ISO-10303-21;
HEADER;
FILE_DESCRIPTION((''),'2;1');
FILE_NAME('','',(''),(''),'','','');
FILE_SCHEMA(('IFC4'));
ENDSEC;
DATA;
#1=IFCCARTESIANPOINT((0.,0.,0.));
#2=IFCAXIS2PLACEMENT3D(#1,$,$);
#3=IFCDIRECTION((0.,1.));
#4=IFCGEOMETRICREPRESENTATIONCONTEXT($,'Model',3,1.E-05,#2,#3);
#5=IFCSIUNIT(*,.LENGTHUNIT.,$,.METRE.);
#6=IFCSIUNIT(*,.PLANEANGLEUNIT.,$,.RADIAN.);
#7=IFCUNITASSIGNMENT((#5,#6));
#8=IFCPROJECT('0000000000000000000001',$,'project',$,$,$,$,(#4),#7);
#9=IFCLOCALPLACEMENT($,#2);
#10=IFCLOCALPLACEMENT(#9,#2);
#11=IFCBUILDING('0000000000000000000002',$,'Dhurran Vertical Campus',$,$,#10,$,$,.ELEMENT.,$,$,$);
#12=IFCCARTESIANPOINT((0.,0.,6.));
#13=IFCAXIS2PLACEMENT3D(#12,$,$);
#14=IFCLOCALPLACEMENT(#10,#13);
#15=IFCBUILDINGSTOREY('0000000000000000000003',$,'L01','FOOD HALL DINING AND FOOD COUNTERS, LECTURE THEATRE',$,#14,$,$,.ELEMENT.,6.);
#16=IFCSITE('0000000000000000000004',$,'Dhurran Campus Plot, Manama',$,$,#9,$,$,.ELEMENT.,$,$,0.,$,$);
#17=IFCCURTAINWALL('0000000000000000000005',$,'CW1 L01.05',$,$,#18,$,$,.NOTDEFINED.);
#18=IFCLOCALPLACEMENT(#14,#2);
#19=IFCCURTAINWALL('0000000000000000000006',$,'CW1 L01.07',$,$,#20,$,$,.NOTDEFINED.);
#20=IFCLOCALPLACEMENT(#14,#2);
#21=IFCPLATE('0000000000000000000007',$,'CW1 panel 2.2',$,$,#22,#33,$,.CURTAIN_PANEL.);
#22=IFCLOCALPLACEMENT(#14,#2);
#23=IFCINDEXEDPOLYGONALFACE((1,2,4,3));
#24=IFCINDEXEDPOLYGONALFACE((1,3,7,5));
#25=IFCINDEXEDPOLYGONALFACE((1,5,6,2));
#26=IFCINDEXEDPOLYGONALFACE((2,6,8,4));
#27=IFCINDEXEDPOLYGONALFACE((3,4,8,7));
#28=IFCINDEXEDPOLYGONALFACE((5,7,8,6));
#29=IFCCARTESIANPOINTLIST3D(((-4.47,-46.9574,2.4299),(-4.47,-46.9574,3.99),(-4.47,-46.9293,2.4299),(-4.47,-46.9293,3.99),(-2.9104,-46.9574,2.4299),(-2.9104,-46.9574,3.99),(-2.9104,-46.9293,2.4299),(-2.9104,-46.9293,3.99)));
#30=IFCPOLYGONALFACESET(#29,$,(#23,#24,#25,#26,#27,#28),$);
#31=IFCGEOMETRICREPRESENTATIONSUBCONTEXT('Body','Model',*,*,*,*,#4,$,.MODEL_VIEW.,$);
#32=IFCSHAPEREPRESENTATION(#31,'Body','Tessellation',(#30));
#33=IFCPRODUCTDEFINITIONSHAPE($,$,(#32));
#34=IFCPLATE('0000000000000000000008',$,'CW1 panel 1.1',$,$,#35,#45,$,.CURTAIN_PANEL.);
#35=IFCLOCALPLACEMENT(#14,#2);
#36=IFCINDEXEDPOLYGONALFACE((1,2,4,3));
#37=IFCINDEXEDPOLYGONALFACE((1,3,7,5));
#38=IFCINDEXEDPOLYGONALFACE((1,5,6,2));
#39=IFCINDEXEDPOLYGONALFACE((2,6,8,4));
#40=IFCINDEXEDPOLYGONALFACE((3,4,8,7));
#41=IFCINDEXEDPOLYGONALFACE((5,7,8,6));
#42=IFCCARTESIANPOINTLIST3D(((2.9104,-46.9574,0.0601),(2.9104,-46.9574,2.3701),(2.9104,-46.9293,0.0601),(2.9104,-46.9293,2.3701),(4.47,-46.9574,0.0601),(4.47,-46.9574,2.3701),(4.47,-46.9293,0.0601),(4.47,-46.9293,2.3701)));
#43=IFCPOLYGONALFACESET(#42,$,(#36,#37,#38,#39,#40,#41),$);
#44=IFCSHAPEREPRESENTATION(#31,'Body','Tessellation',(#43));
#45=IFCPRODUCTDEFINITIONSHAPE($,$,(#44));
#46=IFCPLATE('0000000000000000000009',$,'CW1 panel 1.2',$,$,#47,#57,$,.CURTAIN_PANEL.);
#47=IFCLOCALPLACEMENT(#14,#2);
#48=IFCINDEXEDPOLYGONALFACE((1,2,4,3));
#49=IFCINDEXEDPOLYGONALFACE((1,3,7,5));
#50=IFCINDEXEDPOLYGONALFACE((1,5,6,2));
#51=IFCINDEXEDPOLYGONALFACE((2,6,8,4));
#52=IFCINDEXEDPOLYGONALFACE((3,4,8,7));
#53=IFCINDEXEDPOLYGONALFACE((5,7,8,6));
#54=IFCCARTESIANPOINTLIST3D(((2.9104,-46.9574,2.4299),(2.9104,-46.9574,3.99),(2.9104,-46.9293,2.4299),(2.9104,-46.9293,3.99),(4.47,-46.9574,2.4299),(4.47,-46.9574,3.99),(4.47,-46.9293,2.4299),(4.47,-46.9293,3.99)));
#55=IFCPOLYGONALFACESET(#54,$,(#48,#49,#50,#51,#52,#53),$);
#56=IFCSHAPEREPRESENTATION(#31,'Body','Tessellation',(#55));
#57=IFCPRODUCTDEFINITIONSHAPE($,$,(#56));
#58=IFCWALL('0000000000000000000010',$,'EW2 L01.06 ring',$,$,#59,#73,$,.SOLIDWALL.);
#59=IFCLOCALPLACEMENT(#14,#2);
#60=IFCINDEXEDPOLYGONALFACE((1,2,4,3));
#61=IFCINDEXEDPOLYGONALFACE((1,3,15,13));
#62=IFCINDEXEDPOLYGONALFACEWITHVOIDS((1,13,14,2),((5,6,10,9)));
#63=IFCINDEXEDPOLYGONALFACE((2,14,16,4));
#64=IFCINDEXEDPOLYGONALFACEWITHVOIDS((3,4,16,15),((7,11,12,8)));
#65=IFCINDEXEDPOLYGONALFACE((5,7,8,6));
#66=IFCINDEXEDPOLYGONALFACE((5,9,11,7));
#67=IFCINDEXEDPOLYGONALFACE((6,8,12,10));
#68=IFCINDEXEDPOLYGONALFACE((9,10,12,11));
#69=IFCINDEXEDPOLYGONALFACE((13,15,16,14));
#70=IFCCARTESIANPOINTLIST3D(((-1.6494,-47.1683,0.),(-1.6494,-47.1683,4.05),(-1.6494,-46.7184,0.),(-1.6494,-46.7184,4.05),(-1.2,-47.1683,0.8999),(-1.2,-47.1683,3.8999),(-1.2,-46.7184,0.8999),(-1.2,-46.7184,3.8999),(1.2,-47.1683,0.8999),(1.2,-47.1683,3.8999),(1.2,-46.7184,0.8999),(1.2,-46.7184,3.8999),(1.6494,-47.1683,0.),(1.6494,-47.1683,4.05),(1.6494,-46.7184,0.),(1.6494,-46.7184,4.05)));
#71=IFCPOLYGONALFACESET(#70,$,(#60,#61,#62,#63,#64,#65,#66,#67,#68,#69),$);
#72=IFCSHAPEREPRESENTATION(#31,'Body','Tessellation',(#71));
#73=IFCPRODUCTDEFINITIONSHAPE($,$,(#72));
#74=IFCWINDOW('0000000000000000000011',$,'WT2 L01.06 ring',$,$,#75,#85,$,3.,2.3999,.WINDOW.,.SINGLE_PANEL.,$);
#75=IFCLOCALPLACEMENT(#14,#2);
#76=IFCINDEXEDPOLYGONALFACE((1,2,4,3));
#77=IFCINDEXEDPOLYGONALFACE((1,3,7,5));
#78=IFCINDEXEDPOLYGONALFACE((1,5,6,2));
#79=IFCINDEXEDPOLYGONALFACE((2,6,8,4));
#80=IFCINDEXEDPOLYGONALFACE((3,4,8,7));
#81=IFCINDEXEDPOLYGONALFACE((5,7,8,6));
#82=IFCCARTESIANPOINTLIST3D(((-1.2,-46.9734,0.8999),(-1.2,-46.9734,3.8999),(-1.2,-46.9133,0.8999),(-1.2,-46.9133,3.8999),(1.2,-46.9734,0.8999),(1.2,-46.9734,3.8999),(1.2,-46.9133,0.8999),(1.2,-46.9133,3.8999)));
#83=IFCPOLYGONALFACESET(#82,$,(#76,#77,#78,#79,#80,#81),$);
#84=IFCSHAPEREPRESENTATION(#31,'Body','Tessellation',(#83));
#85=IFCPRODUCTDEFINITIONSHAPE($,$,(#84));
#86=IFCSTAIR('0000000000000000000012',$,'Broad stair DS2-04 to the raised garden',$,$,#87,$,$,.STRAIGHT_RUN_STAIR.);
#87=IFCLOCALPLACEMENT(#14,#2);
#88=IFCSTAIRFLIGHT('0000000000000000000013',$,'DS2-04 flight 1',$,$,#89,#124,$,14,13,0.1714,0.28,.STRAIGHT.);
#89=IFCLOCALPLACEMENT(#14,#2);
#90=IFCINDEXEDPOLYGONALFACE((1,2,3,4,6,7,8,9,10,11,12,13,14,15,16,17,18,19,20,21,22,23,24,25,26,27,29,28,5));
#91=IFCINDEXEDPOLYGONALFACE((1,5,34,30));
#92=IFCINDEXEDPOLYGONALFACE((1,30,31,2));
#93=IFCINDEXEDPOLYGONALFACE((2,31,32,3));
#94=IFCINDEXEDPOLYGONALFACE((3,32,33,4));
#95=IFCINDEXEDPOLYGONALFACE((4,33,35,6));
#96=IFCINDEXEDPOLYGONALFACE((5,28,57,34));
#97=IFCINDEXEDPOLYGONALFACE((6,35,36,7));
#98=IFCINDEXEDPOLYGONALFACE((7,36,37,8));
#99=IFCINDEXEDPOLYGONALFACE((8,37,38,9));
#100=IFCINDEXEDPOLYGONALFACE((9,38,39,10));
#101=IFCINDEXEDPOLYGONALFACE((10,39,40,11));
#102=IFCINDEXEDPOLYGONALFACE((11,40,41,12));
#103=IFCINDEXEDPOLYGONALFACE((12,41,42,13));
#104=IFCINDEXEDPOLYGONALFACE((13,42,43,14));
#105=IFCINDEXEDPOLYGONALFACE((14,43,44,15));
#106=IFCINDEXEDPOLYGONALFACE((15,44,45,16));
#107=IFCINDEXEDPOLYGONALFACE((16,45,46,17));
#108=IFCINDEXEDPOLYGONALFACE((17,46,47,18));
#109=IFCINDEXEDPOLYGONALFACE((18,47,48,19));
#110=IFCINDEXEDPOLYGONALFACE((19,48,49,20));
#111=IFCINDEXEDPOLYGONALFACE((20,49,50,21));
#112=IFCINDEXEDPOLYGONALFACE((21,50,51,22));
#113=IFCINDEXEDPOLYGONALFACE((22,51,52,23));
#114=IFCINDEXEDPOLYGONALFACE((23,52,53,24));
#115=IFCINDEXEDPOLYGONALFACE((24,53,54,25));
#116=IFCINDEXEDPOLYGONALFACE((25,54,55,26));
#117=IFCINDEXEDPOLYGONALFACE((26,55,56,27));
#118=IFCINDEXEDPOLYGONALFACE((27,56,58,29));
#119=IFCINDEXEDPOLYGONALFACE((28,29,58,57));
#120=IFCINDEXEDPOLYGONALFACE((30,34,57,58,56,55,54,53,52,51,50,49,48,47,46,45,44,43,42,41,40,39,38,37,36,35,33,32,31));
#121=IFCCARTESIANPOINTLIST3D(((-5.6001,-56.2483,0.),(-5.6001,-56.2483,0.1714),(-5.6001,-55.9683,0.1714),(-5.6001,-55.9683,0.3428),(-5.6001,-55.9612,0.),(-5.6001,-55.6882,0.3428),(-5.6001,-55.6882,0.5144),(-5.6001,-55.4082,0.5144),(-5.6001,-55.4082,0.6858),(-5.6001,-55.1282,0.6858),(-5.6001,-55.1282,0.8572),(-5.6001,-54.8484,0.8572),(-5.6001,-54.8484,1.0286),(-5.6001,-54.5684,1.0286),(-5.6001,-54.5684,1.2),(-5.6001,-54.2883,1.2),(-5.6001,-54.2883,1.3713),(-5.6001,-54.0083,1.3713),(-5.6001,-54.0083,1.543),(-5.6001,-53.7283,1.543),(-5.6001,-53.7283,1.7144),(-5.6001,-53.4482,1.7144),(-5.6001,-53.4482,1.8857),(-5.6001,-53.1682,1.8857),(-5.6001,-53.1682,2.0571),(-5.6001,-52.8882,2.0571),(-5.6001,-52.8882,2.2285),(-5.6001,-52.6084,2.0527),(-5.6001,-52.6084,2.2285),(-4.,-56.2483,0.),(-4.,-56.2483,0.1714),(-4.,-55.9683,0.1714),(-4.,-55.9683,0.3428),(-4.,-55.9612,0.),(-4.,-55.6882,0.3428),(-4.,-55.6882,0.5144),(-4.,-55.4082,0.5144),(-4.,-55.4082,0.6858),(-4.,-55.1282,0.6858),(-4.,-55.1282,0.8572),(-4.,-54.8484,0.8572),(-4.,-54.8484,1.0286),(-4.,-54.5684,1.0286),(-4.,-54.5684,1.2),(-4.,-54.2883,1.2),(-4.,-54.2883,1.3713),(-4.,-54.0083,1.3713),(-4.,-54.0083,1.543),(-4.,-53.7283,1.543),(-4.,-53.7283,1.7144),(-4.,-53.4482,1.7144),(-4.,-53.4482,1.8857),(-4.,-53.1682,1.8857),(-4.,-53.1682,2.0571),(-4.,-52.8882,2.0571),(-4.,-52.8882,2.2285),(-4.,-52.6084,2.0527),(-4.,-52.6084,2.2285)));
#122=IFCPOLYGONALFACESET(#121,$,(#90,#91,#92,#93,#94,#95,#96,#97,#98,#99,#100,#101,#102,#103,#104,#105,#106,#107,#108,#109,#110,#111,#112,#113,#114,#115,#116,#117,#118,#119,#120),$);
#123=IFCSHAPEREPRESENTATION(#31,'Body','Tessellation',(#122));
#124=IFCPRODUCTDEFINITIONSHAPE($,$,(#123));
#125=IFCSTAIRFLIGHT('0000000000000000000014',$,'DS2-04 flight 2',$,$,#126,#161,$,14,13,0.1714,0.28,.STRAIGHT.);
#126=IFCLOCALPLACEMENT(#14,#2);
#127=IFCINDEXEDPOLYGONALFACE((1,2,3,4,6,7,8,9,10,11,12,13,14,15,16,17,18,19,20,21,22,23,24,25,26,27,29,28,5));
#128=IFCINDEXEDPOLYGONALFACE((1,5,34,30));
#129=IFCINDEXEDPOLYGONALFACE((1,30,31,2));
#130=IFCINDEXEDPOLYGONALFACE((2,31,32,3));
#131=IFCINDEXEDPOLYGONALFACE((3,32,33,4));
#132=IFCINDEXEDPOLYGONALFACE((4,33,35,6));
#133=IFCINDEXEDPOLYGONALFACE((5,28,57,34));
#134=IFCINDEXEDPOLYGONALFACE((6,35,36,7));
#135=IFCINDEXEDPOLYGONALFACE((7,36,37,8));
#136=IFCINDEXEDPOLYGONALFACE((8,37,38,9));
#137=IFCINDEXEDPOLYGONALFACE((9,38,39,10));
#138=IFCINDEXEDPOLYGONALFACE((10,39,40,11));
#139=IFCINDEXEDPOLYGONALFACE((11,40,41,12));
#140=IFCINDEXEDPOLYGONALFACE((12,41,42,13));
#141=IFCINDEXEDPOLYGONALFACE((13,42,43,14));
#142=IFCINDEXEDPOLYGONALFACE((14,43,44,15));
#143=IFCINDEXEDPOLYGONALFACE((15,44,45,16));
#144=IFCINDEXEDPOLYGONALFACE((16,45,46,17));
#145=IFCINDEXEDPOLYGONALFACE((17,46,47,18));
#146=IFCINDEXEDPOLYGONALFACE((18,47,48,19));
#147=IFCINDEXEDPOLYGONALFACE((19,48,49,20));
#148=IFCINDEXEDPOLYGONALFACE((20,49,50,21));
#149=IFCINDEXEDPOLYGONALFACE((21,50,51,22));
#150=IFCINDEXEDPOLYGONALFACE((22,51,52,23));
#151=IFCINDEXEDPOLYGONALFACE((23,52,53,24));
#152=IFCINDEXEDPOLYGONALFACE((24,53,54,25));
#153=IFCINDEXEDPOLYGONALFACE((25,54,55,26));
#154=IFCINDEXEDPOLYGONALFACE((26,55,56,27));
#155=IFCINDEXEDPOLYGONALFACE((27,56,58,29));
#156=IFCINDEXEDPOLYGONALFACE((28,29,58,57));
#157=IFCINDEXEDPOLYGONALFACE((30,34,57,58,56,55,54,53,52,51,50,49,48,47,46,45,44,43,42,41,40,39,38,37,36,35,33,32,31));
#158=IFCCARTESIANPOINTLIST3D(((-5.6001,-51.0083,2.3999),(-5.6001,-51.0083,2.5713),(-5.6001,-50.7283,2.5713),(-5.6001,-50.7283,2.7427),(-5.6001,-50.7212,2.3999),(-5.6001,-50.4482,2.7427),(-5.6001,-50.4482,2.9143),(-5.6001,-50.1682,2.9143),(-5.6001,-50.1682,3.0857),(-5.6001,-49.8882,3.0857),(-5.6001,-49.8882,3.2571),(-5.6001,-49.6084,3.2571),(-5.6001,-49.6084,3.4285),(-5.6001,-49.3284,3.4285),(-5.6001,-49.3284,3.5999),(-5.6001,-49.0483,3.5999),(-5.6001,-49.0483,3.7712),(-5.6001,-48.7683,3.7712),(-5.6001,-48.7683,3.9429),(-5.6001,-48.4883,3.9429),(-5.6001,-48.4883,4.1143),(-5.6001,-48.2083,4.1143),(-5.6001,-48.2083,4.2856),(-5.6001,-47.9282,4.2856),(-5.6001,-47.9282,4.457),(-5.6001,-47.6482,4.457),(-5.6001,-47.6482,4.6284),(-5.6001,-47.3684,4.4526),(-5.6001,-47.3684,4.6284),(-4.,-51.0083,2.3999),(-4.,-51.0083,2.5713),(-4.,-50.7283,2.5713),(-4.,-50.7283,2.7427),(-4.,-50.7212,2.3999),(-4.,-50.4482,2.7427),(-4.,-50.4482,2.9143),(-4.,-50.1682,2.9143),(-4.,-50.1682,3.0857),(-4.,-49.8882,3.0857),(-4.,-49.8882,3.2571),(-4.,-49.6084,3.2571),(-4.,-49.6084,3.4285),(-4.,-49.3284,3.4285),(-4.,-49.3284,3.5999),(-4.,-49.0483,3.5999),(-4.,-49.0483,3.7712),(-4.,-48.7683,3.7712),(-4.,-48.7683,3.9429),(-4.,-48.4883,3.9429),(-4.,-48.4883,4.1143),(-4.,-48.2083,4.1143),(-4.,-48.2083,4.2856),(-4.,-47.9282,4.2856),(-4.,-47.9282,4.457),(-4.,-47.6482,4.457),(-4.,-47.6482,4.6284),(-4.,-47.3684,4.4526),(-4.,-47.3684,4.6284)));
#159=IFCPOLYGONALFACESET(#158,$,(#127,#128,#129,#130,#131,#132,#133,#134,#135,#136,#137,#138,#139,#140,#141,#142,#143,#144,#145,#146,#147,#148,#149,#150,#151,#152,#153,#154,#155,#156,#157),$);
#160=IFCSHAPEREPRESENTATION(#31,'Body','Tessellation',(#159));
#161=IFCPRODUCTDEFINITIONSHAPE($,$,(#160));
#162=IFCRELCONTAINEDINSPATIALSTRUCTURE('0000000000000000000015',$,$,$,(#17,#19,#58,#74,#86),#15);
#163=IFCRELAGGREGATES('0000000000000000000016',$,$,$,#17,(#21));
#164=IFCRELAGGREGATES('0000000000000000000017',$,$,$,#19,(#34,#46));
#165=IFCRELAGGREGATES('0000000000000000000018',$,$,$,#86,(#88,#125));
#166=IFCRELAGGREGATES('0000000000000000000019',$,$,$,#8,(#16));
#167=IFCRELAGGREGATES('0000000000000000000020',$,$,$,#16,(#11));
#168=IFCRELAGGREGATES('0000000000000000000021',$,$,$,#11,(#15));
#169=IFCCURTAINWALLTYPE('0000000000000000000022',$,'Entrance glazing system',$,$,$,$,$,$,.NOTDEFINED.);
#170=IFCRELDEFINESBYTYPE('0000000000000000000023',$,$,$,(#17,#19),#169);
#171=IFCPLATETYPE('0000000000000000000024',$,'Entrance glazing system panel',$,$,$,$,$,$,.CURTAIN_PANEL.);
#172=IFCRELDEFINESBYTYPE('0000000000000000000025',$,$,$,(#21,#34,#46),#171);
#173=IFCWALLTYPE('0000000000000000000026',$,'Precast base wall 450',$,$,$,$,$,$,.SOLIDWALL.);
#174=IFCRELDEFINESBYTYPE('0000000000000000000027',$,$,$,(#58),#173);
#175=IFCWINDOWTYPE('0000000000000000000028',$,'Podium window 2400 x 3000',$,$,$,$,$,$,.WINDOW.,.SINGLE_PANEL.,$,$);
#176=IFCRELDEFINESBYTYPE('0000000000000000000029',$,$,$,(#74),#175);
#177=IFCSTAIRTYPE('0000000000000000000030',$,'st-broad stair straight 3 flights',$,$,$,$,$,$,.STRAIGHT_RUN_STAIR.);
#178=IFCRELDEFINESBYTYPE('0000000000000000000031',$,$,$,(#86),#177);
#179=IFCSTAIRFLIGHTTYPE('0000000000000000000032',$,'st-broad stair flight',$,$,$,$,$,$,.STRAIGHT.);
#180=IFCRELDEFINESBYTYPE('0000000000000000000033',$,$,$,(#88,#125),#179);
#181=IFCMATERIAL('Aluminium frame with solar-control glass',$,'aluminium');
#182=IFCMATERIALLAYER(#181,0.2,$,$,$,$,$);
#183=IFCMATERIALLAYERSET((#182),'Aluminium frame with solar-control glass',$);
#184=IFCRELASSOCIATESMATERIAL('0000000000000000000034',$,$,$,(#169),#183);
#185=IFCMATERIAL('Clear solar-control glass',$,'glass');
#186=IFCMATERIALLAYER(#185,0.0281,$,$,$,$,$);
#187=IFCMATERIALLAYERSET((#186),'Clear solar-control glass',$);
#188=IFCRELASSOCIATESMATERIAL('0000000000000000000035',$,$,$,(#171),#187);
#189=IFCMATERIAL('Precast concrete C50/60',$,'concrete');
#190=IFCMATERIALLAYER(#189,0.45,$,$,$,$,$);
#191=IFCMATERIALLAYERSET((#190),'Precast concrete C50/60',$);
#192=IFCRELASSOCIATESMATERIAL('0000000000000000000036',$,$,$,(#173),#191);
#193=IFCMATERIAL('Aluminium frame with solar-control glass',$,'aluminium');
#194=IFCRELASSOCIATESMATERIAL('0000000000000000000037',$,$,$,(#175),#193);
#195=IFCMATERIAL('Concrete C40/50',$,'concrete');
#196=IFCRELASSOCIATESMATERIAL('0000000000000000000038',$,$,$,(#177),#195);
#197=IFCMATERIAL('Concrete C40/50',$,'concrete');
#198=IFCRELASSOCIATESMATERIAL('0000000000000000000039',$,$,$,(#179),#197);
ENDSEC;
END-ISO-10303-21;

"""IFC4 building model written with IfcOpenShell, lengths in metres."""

from ifc_helpers import new_model, si_unit, direction, frame, frame_2d, origin, origin_2d, place, context, subcontext, project, spatial, polyline, rectangle, outline, extrude, material, layer, layer_set, type_object, element, fill, aggregate, save


model = new_model("IFC4")

# Units and contexts
model_context = context("Model", 3, precision=1e-05, world=origin(), true_north=direction((0.0, 1.0)))
body_context = subcontext(model_context, "Body", "Model", "MODEL_VIEW")
ifc_project = project(units=[si_unit("LENGTHUNIT", "METRE"), si_unit("PLANEANGLEUNIT", "RADIAN")], contexts=[model_context])

# Site, building, storey
site_placement = place(None, origin())
site = spatial("IfcSite", under=ifc_project, at=site_placement, Name="Dhurran Campus Plot, Manama", CompositionType="ELEMENT", RefElevation=0.0)
building_placement = place(site_placement, origin())
building = spatial("IfcBuilding", under=site, at=building_placement, Name="Dhurran Vertical Campus", CompositionType="ELEMENT")
storey_placement = place(building_placement, frame((0.0, 0.0, 6.0)))
storey = spatial("IfcBuildingStorey", under=building, at=storey_placement, Name="L01", Description="FOOD HALL DINING AND FOOD COUNTERS, LECTURE THEATRE", CompositionType="ELEMENT", Elevation=6.0)

# Curtain wall
ifc_material_1 = material(Name="Aluminium frame with solar-control glass", Category="aluminium")
ifc_layer_1 = layer(ifc_material_1, 0.2)
ifc_layer_set_1 = layer_set([ifc_layer_1], Name="Aluminium frame with solar-control glass")
curtain_wall_type = type_object("IfcCurtainWallType", Name="Entrance glazing system", PredefinedType="NOTDEFINED", material=ifc_layer_set_1)
curtain_wall_1_placement = place(storey_placement, origin())
curtain_wall_1 = element("IfcCurtainWall", 1, at=curtain_wall_1_placement, inside=storey, type_object=curtain_wall_type, Name="CW1 L01.05", PredefinedType="NOTDEFINED")

# Curtain wall
curtain_wall_2_placement = place(storey_placement, origin())
curtain_wall_2 = element("IfcCurtainWall", 2, at=curtain_wall_2_placement, inside=storey, type_object=curtain_wall_type, Name="CW1 L01.07", PredefinedType="NOTDEFINED")

# Plates
ifc_material_2 = material(Name="Clear solar-control glass", Category="glass")
ifc_layer_2 = layer(ifc_material_2, 0.0281)
ifc_layer_set_2 = layer_set([ifc_layer_2], Name="Clear solar-control glass")
plate_type = type_object("IfcPlateType", Name="Entrance glazing system panel", PredefinedType="CURTAIN_PANEL", material=ifc_layer_set_2)
plate_1_placement = place(storey_placement, frame((-3.6902, -46.9434, 2.4299), z_axis=(0.0, 0.0, 1.0), x_axis=(1.0, 0.0, 0.0)))
plate_1 = element("IfcPlate", 3, at=plate_1_placement, type_object=plate_type, Name="CW1 panel 2.2", PredefinedType="CURTAIN_PANEL", context=body_context, shape_type="SweptSolid", body=[
    extrude(rectangle(XDim=1.5596, YDim=0.0281, at=origin_2d()), origin(), (0.0, 0.0, 1.0), 1.5601),
])
aggregate(curtain_wall_1, [plate_1])
plate_2_placement = place(storey_placement, frame((3.6902, -46.9434, 0.0601), z_axis=(0.0, 0.0, 1.0), x_axis=(1.0, 0.0, 0.0)))
plate_2 = element("IfcPlate", 4, at=plate_2_placement, type_object=plate_type, Name="CW1 panel 1.1", PredefinedType="CURTAIN_PANEL", context=body_context, shape_type="SweptSolid", body=[
    extrude(rectangle(XDim=1.5596, YDim=0.0281, at=origin_2d()), origin(), (0.0, 0.0, 1.0), 2.3101),
])
plate_3_placement = place(storey_placement, frame((3.6902, -46.9434, 2.4299), z_axis=(0.0, 0.0, 1.0), x_axis=(1.0, 0.0, 0.0)))
plate_3 = element("IfcPlate", 5, at=plate_3_placement, type_object=plate_type, Name="CW1 panel 1.2", PredefinedType="CURTAIN_PANEL", context=body_context, shape_type="SweptSolid", body=[
    extrude(rectangle(XDim=1.5596, YDim=0.0281, at=origin_2d()), origin(), (0.0, 0.0, 1.0), 1.5601),
])
aggregate(curtain_wall_2, [plate_2, plate_3])

# Wall, opening, window
ifc_material_3 = material(Name="Precast concrete C50/60", Category="concrete")
ifc_layer_3 = layer(ifc_material_3, 0.45)
ifc_layer_set_3 = layer_set([ifc_layer_3], Name="Precast concrete C50/60")
wall_type = type_object("IfcWallType", Name="Precast base wall 450", PredefinedType="SOLIDWALL", material=ifc_layer_set_3)
wall_placement = place(storey_placement, frame((1.6494, -46.9434, 0.0), z_axis=(0.0, 0.0, 1.0), x_axis=(-1.0, 0.0, 0.0)))
wall = element("IfcWall", 6, at=wall_placement, inside=storey, type_object=wall_type, Name="EW2 L01.06 ring", PredefinedType="SOLIDWALL", context=body_context, shape_type="SweptSolid", body=[
    extrude(rectangle(XDim=3.2988, YDim=0.45, at=frame_2d((1.6494, 0.0))), origin(), (0.0, 0.0, 1.0), 4.05),
])
opening_placement = place(wall_placement, frame((0.4495, 0.0, 0.8999)))
opening = element("IfcOpeningElement", 7, at=opening_placement, cuts=wall, PredefinedType="OPENING", context=body_context, shape_type="SweptSolid", body=[
    extrude(rectangle(XDim=2.3999, YDim=3.0, at=frame_2d((1.2, 1.5))), frame((0.0, 0.2349, 0.0), z_axis=(0.0, -1.0, 0.0), x_axis=(1.0, 0.0, 0.0)), (0.0, 0.0, 1.0), 0.47),
])
ifc_material_4 = material(Name="Aluminium frame with solar-control glass", Category="aluminium")
window_type = type_object("IfcWindowType", Name="Podium window 2400 x 3000", PartitioningType="SINGLE_PANEL", PredefinedType="WINDOW", material=ifc_material_4)
window_placement = place(opening_placement, origin())
window = element("IfcWindow", 8, at=window_placement, inside=storey, type_object=window_type, Name="WT2 L01.06 ring", OverallHeight=3.0, OverallWidth=2.3999, PartitioningType="SINGLE_PANEL", PredefinedType="WINDOW", context=body_context, shape_type="SweptSolid", body=[
    extrude(rectangle(XDim=2.3999, YDim=3.0, at=frame_2d((1.2, 1.5))), frame((0.0, 0.03, 0.0), z_axis=(0.0, -1.0, 0.0), x_axis=(1.0, 0.0, 0.0)), (0.0, 0.0, 1.0), 0.0601),
])
fill(opening, window)

# Stair, stair flights
ifc_material_5 = material(Name="Concrete C40/50", Category="concrete")
stair_type = type_object("IfcStairType", Name="st-broad stair straight 3 flights", PredefinedType="STRAIGHT_RUN_STAIR", material=ifc_material_5)
stair_1_placement = place(storey_placement, origin())
stair_1 = element("IfcStair", 9, at=stair_1_placement, inside=storey, type_object=stair_type, Name="Broad stair DS2-04 to the raised garden", PredefinedType="STRAIGHT_RUN_STAIR")
ifc_material_6 = material(Name="Concrete C40/50", Category="concrete")
stair_flight_type = type_object("IfcStairFlightType", Name="st-broad stair flight", PredefinedType="STRAIGHT", material=ifc_material_6)
stair_flight_1_placement = place(storey_placement, frame((-4.8, -56.2483, 0.0), z_axis=(0.0, 0.0, 1.0), x_axis=(0.0, 1.0, 0.0)))
stair_flight_1 = element("IfcStairFlight", 10, at=stair_flight_1_placement, type_object=stair_flight_type, Name="DS2-04 flight 1", NumberOfRisers=14, NumberOfTreads=13, PredefinedType="STRAIGHT", RiserHeight=0.1714, TreadLength=0.28, context=body_context, shape_type="SweptSolid", body=[
    extrude(outline(polyline([(0.0, 0.0), (0.0, 0.1714), (0.28, 0.1714), (0.28, 0.3428), (0.5601, 0.3428), (0.5601, 0.5144), (0.8401, 0.5144), (0.8401, 0.6858), (1.1201, 0.6858), (1.1201, 0.8572), (1.3999, 0.8572), (1.3999, 1.0286), (1.6799, 1.0286), (1.6799, 1.2), (1.96, 1.2), (1.96, 1.3713), (2.24, 1.3713), (2.24, 1.543), (2.52, 1.543), (2.52, 1.7144), (2.8, 1.7144), (2.8, 1.8857), (3.0801, 1.8857), (3.0801, 2.0571), (3.3601, 2.0571), (3.3601, 2.2285), (3.6399, 2.2285), (3.6399, 2.3999), (3.6399, 2.0527), (0.2871, 0.0), (0.0, 0.0)])), frame((0.0, 0.8, 0.0), z_axis=(0.0, -1.0, 0.0), x_axis=(1.0, 0.0, 0.0)), (0.0, 0.0, 1.0), 1.6001),
])
stair_flight_2_placement = place(storey_placement, frame((-4.8, -51.0083, 2.3999), z_axis=(0.0, 0.0, 1.0), x_axis=(0.0, 1.0, 0.0)))
stair_flight_2 = element("IfcStairFlight", 11, at=stair_flight_2_placement, type_object=stair_flight_type, Name="DS2-04 flight 2", NumberOfRisers=14, NumberOfTreads=13, PredefinedType="STRAIGHT", RiserHeight=0.1714, TreadLength=0.28, context=body_context, shape_type="SweptSolid", body=[
    extrude(outline(polyline([(0.0, 0.0), (0.0, 0.1714), (0.28, 0.1714), (0.28, 0.3428), (0.5601, 0.3428), (0.5601, 0.5144), (0.8401, 0.5144), (0.8401, 0.6858), (1.1201, 0.6858), (1.1201, 0.8572), (1.3999, 0.8572), (1.3999, 1.0286), (1.6799, 1.0286), (1.6799, 1.2), (1.96, 1.2), (1.96, 1.3713), (2.24, 1.3713), (2.24, 1.543), (2.52, 1.543), (2.52, 1.7144), (2.8, 1.7144), (2.8, 1.8857), (3.0801, 1.8857), (3.0801, 2.0571), (3.3601, 2.0571), (3.3601, 2.2285), (3.6399, 2.2285), (3.6399, 2.3999), (3.6399, 2.0527), (0.2871, 0.0), (0.0, 0.0)])), frame((0.0, 0.8, 0.0), z_axis=(0.0, -1.0, 0.0), x_axis=(1.0, 0.0, 0.0)), (0.0, 0.0, 1.0), 1.6001),
])
aggregate(stair_1, [stair_flight_1, stair_flight_2])

save(model, "model.ifc")
